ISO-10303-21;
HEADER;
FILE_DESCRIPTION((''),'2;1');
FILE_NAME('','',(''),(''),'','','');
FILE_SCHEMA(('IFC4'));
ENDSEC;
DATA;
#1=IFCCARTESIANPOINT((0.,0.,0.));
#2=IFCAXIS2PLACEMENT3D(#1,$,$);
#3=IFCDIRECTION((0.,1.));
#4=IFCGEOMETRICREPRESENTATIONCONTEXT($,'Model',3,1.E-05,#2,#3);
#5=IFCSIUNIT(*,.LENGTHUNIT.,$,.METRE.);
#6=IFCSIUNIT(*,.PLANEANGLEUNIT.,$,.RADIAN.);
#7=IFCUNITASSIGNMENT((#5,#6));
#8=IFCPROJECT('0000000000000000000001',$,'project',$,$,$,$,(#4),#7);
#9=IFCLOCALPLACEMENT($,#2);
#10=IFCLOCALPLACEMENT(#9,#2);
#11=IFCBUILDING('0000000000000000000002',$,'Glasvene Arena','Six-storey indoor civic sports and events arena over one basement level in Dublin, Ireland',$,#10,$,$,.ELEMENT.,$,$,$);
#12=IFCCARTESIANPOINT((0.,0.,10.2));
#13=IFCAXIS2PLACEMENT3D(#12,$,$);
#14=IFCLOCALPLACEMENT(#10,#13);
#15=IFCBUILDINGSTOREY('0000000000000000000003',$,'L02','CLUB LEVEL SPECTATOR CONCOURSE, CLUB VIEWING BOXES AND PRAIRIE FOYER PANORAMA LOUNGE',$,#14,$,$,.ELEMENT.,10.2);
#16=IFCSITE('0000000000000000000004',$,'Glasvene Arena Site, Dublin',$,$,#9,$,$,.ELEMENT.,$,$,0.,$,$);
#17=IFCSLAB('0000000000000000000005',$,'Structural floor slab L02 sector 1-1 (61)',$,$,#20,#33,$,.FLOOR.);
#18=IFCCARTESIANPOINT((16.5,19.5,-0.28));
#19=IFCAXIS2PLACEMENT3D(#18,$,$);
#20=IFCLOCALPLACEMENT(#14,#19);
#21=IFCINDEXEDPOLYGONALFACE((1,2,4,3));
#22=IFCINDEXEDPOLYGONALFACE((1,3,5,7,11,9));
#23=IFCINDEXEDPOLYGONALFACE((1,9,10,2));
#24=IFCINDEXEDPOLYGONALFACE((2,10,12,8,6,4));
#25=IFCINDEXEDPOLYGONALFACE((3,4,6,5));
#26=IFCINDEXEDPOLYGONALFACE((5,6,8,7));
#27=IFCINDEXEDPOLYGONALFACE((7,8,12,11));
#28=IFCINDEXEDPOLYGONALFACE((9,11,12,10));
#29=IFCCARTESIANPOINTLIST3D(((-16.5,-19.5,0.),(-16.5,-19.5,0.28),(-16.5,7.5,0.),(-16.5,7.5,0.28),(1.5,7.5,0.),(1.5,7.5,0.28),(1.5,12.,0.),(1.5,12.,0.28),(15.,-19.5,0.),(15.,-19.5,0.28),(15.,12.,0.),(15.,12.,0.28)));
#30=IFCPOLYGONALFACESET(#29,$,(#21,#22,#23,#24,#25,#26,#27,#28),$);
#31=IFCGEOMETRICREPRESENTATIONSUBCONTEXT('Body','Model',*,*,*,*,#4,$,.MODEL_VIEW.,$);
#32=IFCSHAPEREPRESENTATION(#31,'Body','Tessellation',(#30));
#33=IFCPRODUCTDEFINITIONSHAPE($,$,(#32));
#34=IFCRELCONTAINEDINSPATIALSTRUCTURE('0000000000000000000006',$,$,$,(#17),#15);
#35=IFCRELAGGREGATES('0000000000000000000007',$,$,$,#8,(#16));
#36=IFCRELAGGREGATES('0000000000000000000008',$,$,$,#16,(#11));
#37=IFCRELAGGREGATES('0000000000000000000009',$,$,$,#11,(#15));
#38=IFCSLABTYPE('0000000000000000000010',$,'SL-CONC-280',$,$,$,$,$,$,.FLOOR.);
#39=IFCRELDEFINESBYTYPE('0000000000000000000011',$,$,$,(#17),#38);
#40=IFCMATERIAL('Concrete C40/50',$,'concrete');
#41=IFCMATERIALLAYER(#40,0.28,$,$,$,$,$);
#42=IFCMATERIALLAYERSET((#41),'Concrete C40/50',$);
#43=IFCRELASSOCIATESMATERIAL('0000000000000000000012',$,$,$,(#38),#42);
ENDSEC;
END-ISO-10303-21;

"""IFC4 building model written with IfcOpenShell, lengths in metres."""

from ifc_helpers import new_model, si_unit, direction, frame, origin, place, context, subcontext, project, spatial, polyline, outline, extrude, material, layer, layer_set, type_object, element, save


model = new_model("IFC4")

# Units and contexts
model_context = context("Model", 3, precision=1e-05, world=origin(), true_north=direction((0.0, 1.0)))
body_context = subcontext(model_context, "Body", "Model", "MODEL_VIEW")
ifc_project = project(units=[si_unit("LENGTHUNIT", "METRE"), si_unit("PLANEANGLEUNIT", "RADIAN")], contexts=[model_context])

# Site, building, storey
site_placement = place(None, origin())
site = spatial("IfcSite", under=ifc_project, at=site_placement, Name="Glasvene Arena Site, Dublin", CompositionType="ELEMENT", RefElevation=0.0)
building_placement = place(site_placement, origin())
building = spatial("IfcBuilding", under=site, at=building_placement, Name="Glasvene Arena", Description="Six-storey indoor civic sports and events arena over one basement level in Dublin, Ireland", CompositionType="ELEMENT")
storey_placement = place(building_placement, frame((0.0, 0.0, 10.2)))
storey = spatial("IfcBuildingStorey", under=building, at=storey_placement, Name="L02", Description="CLUB LEVEL SPECTATOR CONCOURSE, CLUB VIEWING BOXES AND PRAIRIE FOYER PANORAMA LOUNGE", CompositionType="ELEMENT", Elevation=10.2)

# Slab
ifc_material_1 = material(Name="Concrete C40/50", Category="concrete")
ifc_layer_1 = layer(ifc_material_1, 0.28)
ifc_layer_set_1 = layer_set([ifc_layer_1], Name="Concrete C40/50")
slab_type = type_object("IfcSlabType", Name="SL-CONC-280", PredefinedType="FLOOR", material=ifc_layer_set_1)
slab_placement = place(storey_placement, frame((16.5, 19.5, -0.28)))
element("IfcSlab", 1, at=slab_placement, inside=storey, type_object=slab_type, Name="Structural floor slab L02 sector 1-1 (61)", PredefinedType="FLOOR", context=body_context, shape_type="SweptSolid", body=[
    extrude(outline(polyline([(-16.5, -19.5), (-16.5, 7.5), (1.5, 7.5), (1.5, 12.0), (15.0, 12.0), (15.0, -19.5), (-16.5, -19.5)])), origin(), (0.0, 0.0, 1.0), 0.28),
])

save(model, "model.ifc")
